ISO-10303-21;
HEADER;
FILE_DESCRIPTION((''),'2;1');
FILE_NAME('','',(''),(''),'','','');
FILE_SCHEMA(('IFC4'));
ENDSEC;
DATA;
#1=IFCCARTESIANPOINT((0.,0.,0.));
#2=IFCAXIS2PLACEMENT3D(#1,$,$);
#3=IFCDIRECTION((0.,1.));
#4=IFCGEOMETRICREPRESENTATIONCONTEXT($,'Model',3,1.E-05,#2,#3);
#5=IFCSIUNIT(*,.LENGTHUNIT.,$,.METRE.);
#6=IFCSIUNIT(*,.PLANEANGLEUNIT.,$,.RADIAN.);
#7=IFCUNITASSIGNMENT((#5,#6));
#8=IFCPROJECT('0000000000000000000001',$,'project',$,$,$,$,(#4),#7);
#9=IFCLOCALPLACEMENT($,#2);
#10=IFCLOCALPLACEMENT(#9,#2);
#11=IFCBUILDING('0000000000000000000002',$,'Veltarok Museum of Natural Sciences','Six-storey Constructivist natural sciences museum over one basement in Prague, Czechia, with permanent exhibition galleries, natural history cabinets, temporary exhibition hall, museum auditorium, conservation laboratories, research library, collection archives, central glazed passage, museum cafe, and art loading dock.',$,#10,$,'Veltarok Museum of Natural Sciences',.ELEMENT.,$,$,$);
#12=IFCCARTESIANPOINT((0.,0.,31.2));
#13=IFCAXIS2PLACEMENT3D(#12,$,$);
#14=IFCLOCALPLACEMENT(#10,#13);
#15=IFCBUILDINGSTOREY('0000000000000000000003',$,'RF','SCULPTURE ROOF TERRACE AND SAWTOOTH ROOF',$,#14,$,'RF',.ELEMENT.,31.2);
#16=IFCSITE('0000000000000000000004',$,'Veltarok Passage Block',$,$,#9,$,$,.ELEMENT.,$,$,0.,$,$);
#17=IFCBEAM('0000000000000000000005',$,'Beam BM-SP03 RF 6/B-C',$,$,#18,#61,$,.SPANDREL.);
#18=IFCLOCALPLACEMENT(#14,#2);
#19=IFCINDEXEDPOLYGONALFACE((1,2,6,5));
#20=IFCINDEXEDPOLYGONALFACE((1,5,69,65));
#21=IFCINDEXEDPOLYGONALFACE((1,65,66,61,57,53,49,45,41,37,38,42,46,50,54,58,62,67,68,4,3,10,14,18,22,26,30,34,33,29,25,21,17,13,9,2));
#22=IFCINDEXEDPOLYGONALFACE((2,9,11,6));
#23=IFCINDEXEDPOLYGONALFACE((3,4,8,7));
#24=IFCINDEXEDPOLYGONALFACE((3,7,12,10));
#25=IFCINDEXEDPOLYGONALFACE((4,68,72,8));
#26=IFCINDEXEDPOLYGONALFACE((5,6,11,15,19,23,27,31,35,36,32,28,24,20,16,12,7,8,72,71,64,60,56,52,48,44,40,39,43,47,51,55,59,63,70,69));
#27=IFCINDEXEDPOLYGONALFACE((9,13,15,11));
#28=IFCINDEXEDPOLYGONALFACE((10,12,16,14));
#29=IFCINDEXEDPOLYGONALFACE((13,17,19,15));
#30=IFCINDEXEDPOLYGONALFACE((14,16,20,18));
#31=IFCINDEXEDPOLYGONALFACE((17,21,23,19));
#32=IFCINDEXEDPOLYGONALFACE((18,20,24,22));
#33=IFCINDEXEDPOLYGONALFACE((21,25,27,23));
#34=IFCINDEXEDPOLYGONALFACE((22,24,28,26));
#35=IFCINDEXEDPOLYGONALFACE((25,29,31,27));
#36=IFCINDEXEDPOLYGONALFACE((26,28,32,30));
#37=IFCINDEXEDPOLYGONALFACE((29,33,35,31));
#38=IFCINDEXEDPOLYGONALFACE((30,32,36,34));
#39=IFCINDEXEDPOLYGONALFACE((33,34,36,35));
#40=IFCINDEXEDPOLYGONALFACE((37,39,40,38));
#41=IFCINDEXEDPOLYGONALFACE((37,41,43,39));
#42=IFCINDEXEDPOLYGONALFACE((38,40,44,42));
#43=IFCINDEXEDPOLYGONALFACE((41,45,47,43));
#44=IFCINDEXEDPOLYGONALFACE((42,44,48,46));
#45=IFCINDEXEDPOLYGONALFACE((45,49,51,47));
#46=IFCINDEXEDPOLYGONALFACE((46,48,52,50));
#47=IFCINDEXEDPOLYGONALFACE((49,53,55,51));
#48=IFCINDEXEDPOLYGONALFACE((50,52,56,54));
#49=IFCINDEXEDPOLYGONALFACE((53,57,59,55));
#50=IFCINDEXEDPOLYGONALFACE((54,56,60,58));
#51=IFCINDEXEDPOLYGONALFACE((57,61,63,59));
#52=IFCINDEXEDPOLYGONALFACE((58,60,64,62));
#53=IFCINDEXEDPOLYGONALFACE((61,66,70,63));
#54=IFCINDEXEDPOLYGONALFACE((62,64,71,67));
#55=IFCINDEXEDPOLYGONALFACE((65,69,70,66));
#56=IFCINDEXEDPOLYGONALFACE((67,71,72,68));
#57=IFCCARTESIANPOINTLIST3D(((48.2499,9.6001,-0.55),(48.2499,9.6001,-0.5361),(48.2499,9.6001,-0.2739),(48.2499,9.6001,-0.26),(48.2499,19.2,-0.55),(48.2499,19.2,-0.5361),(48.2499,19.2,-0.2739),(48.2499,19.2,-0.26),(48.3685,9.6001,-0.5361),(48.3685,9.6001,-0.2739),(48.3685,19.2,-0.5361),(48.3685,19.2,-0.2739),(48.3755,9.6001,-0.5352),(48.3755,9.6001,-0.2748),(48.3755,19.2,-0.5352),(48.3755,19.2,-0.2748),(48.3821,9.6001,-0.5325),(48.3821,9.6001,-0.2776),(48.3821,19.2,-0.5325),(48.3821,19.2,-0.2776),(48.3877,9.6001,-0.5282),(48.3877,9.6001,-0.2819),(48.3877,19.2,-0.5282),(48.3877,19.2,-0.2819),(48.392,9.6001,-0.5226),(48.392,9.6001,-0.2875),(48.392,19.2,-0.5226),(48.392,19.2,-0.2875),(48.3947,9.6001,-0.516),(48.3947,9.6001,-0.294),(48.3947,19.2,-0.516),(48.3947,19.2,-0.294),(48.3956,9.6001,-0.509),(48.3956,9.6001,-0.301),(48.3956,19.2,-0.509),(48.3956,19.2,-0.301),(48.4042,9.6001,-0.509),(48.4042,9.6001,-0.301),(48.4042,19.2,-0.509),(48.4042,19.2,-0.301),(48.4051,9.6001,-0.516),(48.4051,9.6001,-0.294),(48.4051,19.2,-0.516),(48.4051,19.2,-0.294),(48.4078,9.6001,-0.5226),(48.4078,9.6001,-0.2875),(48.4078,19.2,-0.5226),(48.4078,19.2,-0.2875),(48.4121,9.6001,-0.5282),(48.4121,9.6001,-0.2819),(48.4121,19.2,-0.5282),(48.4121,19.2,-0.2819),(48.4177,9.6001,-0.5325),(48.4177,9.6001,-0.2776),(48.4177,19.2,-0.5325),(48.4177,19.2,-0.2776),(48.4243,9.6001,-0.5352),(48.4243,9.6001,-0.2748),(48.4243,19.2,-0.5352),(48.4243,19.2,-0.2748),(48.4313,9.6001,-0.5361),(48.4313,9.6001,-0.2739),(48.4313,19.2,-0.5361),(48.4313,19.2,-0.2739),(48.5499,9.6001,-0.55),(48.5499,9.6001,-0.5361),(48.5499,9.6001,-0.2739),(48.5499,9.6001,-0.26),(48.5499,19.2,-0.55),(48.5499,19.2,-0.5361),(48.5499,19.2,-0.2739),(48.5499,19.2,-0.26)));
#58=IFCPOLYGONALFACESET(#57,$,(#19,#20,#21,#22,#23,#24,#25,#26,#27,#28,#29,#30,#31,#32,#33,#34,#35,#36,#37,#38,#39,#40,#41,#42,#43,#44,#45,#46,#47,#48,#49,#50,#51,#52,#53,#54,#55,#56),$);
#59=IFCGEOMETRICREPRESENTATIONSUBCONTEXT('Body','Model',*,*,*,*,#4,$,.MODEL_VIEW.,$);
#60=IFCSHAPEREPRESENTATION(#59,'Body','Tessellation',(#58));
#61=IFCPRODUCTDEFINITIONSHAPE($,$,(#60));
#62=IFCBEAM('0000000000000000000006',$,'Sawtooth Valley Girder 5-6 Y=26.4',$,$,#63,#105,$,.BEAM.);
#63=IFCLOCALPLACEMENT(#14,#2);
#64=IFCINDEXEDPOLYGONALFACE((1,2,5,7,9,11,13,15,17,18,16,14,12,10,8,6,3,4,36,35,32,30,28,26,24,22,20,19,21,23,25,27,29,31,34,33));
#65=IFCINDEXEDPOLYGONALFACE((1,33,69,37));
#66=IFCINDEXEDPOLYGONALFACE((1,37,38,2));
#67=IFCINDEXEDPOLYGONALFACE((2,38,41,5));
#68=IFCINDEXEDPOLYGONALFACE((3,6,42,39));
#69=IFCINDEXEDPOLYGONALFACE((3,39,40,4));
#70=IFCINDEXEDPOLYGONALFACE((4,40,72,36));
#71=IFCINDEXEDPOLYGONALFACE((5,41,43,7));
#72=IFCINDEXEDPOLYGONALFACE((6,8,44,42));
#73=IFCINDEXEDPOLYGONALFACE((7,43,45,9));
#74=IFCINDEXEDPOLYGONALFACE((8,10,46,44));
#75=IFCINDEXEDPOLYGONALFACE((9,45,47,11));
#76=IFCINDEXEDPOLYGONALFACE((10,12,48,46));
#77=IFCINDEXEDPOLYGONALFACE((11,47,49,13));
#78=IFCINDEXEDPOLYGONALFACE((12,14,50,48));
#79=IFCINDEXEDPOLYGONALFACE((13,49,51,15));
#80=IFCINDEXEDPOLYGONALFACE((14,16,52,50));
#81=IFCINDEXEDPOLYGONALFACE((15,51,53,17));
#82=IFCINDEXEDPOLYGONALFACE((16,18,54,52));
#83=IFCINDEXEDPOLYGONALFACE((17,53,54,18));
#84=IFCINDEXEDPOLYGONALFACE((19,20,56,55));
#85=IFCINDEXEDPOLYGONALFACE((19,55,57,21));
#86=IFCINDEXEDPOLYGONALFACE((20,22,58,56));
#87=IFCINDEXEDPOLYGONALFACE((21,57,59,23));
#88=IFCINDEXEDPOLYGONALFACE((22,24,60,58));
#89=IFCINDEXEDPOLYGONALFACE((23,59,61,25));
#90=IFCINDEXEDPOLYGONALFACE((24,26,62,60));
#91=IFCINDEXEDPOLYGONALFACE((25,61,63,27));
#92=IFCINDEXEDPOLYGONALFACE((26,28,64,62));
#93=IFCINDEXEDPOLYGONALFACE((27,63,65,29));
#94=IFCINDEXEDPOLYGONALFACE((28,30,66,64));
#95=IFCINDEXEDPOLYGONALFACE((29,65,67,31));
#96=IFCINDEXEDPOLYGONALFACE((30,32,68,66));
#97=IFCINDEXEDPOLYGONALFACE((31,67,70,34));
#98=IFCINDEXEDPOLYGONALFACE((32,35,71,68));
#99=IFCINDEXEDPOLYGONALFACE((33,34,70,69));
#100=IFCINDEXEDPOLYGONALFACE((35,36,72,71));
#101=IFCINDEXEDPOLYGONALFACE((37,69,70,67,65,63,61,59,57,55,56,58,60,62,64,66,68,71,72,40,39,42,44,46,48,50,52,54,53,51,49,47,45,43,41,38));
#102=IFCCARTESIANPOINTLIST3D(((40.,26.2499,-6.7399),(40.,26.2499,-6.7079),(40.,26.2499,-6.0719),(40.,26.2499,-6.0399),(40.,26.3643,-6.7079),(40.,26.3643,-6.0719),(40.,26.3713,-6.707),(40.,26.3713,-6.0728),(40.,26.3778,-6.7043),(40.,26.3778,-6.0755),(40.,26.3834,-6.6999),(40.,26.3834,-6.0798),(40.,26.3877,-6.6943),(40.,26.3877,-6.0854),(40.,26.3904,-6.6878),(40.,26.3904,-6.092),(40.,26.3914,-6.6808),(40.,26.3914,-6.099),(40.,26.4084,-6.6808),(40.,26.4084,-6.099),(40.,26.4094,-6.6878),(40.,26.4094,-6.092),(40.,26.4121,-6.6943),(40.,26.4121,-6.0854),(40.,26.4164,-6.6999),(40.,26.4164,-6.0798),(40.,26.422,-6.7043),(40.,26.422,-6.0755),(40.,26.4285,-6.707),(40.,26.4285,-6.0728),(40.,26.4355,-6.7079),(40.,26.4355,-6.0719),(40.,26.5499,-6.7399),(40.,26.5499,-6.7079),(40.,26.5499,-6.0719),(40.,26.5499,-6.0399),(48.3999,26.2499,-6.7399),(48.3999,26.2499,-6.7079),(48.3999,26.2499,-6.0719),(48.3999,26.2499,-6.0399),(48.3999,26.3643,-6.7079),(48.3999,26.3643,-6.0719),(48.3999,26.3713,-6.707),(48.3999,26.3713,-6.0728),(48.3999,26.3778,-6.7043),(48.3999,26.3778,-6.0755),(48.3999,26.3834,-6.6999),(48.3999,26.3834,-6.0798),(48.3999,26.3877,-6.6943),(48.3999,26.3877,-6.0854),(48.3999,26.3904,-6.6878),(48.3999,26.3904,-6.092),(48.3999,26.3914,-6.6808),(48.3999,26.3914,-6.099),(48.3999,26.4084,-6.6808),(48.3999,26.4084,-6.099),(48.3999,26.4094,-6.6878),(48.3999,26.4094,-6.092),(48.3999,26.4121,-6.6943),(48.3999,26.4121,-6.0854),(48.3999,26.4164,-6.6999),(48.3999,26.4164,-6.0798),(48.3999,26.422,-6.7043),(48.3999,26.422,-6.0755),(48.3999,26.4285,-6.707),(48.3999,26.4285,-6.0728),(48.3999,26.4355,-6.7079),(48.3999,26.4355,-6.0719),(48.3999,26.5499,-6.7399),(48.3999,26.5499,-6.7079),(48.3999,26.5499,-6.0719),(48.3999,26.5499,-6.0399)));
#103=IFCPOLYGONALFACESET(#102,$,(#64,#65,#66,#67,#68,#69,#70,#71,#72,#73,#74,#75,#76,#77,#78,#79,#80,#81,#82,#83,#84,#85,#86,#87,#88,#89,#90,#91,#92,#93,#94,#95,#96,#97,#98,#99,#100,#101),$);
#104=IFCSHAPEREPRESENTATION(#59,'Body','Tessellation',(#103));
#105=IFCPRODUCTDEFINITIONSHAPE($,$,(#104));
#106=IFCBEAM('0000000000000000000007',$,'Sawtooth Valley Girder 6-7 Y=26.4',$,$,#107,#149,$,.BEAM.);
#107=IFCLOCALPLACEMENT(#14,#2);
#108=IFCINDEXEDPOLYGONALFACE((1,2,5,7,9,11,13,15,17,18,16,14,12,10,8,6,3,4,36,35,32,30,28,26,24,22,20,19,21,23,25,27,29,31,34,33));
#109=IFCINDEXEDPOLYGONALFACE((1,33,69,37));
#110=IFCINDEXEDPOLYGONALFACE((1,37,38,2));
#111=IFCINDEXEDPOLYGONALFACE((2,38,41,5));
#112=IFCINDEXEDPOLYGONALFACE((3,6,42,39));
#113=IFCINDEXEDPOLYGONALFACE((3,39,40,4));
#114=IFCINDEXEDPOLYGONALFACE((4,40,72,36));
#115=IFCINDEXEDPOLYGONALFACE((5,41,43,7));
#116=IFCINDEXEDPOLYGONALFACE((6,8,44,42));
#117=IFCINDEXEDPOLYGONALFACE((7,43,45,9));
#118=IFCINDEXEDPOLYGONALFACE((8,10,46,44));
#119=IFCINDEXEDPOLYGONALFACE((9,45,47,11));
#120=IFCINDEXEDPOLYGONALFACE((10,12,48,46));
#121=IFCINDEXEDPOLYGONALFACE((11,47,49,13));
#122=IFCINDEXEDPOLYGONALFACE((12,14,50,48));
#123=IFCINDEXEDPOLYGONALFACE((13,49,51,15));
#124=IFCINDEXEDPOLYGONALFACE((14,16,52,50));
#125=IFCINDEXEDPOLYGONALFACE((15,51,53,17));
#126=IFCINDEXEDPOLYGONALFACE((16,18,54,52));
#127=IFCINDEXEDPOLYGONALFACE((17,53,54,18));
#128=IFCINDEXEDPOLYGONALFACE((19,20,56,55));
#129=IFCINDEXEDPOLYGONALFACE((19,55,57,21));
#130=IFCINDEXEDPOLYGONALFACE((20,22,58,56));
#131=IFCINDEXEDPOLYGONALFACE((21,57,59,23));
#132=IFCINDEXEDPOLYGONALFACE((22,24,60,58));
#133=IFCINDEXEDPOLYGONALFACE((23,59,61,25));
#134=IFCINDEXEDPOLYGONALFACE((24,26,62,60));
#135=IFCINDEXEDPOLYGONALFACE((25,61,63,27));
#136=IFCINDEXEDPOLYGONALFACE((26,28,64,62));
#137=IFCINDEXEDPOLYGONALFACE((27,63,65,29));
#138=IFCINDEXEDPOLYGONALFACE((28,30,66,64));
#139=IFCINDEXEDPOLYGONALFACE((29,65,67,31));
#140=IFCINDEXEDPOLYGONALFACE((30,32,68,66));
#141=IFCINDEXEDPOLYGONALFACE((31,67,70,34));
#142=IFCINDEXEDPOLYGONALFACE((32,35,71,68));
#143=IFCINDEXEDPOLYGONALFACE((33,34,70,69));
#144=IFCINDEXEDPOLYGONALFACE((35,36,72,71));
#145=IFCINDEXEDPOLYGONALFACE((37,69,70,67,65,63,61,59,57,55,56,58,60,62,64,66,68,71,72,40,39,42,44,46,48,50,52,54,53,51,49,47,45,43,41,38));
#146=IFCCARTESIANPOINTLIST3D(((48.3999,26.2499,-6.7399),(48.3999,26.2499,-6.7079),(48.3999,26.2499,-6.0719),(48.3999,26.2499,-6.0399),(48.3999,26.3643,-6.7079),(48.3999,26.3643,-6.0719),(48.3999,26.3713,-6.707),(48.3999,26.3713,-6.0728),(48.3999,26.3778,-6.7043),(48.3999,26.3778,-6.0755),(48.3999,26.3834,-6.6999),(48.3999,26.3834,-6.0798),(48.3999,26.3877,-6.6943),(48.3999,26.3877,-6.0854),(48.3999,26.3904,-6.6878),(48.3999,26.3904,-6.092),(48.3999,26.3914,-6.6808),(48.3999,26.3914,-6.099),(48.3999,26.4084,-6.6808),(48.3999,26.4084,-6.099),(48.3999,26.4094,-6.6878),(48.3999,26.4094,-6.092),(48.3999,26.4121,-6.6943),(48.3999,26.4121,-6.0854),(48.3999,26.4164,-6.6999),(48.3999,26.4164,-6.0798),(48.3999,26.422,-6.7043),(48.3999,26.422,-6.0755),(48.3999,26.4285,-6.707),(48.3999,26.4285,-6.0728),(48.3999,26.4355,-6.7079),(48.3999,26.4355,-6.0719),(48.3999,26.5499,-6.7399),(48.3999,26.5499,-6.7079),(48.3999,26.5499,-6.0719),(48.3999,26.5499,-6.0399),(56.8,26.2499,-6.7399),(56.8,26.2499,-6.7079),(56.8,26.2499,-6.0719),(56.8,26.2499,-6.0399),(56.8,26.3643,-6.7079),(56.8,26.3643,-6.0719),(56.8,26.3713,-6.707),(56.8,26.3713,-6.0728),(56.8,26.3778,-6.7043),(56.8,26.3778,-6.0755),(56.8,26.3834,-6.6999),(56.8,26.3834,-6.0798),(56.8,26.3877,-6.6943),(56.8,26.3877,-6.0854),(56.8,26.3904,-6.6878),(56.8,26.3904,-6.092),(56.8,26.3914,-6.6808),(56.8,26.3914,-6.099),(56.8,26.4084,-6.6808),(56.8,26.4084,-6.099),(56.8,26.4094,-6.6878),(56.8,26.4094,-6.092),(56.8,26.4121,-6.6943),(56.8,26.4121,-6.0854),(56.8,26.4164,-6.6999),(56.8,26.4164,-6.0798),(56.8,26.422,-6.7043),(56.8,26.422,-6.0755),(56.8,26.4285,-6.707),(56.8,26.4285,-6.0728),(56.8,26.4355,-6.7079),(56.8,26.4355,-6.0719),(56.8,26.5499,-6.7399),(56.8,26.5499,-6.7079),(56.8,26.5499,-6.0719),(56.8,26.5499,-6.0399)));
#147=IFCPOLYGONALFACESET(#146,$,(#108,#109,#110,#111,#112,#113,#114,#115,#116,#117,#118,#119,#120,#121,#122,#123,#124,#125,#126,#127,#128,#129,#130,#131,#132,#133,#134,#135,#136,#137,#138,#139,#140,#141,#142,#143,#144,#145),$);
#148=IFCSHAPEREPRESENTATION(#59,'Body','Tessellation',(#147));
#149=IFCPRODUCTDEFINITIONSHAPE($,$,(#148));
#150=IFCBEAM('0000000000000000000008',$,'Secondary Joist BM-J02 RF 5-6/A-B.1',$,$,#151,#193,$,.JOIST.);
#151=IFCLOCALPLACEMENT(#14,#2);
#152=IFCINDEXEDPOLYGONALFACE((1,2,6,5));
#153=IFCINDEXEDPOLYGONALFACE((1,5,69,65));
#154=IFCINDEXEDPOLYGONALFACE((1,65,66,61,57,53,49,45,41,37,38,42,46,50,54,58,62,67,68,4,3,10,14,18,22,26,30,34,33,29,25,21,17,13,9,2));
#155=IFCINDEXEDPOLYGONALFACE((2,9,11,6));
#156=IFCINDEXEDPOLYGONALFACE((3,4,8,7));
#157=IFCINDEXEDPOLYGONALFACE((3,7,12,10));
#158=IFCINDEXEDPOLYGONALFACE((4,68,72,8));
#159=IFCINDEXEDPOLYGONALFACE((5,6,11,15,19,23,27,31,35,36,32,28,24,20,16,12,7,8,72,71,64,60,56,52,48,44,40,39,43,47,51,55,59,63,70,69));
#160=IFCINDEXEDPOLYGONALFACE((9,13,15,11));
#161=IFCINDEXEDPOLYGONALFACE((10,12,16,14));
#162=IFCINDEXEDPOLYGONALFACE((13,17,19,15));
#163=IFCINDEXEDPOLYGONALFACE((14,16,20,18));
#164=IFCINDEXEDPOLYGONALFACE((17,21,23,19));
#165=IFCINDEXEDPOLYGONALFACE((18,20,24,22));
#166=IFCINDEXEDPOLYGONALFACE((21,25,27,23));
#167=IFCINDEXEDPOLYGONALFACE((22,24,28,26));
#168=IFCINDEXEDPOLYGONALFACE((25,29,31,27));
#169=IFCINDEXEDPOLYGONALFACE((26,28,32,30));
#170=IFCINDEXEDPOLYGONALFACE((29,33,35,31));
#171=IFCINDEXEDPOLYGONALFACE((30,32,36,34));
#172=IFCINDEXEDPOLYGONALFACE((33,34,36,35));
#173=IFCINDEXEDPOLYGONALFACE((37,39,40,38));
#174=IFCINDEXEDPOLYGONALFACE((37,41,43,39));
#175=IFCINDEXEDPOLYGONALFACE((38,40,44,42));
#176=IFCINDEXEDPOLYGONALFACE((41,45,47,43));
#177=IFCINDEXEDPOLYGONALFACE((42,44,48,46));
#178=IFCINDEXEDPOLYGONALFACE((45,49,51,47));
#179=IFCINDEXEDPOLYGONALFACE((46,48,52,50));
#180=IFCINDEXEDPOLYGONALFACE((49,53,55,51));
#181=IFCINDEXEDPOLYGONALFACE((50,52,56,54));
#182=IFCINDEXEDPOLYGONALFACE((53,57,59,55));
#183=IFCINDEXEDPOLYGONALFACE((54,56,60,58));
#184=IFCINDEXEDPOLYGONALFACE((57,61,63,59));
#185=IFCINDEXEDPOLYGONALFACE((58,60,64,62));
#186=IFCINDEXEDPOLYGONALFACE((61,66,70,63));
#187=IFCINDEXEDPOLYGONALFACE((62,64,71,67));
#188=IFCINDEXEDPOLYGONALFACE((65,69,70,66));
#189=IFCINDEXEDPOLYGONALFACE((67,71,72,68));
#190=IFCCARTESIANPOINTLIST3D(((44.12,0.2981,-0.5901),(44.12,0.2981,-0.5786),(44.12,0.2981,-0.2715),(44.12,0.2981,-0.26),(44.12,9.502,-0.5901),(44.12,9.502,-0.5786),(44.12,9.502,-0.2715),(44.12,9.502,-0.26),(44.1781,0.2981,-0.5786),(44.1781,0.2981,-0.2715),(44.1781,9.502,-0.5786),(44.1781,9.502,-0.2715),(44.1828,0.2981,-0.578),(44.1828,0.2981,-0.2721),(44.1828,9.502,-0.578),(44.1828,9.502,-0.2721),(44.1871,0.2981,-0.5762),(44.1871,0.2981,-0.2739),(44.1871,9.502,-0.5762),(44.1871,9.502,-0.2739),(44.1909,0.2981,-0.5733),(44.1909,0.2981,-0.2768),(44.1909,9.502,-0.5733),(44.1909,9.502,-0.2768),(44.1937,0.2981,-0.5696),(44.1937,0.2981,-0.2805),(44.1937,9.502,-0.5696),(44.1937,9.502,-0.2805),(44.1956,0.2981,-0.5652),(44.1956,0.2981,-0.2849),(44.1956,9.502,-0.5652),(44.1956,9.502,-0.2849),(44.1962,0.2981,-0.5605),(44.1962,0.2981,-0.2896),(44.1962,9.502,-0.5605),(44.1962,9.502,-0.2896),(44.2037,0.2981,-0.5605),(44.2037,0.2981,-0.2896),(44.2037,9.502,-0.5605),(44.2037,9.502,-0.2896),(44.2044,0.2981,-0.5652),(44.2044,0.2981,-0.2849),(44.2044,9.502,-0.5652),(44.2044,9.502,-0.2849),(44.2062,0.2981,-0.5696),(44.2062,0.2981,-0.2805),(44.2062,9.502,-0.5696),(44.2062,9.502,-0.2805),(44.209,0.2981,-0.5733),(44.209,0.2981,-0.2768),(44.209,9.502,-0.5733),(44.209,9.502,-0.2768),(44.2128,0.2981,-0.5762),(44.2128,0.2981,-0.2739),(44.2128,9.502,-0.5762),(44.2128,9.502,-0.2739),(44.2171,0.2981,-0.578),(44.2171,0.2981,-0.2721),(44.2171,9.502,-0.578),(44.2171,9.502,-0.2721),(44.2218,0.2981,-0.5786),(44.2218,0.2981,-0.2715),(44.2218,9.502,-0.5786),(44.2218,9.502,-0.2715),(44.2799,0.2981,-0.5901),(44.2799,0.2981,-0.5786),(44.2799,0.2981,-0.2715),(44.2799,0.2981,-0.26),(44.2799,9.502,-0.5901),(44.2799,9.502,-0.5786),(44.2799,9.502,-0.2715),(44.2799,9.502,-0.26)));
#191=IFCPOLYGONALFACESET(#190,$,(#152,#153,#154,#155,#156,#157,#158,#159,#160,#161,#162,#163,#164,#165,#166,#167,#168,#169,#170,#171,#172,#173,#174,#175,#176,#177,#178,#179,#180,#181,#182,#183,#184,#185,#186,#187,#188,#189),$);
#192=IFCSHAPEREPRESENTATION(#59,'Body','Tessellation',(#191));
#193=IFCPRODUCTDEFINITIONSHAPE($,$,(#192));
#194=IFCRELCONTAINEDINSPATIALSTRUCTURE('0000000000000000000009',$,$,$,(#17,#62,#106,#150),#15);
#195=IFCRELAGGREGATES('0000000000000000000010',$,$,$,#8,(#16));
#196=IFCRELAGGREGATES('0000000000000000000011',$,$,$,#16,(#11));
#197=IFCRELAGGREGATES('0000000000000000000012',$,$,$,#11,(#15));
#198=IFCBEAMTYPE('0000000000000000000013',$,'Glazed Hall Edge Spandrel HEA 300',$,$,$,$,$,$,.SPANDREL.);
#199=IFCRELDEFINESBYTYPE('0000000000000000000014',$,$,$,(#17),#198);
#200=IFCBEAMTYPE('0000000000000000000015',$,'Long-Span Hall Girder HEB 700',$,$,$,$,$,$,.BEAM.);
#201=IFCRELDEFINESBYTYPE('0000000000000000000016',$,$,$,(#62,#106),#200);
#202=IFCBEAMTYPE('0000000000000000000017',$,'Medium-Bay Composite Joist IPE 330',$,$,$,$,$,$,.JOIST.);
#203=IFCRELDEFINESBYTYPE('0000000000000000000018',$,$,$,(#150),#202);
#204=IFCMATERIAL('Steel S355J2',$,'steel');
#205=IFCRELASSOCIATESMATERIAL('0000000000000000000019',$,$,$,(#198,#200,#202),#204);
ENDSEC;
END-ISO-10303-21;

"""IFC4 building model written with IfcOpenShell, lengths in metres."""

from ifc_helpers import new_model, si_unit, direction, frame, origin, origin_2d, place, context, subcontext, project, spatial, i_section, extrude, material, material_profile, profile_set, type_object, element, save


model = new_model("IFC4")

# Units and contexts
model_context = context("Model", 3, precision=1e-05, world=origin(), true_north=direction((0.0, 1.0)))
body_context = subcontext(model_context, "Body", "Model", "MODEL_VIEW")
ifc_project = project(units=[si_unit("LENGTHUNIT", "METRE"), si_unit("PLANEANGLEUNIT", "RADIAN")], contexts=[model_context])

# Site, building, storey
site_placement = place(None, origin())
site = spatial("IfcSite", under=ifc_project, at=site_placement, Name="Veltarok Passage Block", CompositionType="ELEMENT", RefElevation=0.0)
building_placement = place(site_placement, origin())
building = spatial("IfcBuilding", under=site, at=building_placement, Name="Veltarok Museum of Natural Sciences", Description="Six-storey Constructivist natural sciences museum over one basement in Prague, Czechia, with permanent exhibition galleries, natural history cabinets, temporary exhibition hall, museum auditorium, conservation laboratories, research library, collection archives, central glazed passage, museum cafe, and art loading dock.", LongName="Veltarok Museum of Natural Sciences", CompositionType="ELEMENT")
storey_placement = place(building_placement, frame((0.0, 0.0, 31.2)))
storey = spatial("IfcBuildingStorey", under=building, at=storey_placement, Name="RF", Description="SCULPTURE ROOF TERRACE AND SAWTOOTH ROOF", LongName="RF", CompositionType="ELEMENT", Elevation=31.2)

# Beams
ifc_material_1 = material(Name="Steel S355J2", Category="steel")
ifc_material_profile_1 = material_profile(ifc_material_1, i_section(OverallWidth=0.3, OverallDepth=0.29, WebThickness=0.0085, FlangeThickness=0.0139, FilletRadius=0.0271, at=origin_2d()), Name="HEA 300")
ifc_profile_set_1 = profile_set([ifc_material_profile_1], Name="Steel S355J2")
beam_type_1 = type_object("IfcBeamType", Name="Glazed Hall Edge Spandrel HEA 300", PredefinedType="SPANDREL", material=ifc_profile_set_1)
beam_1_placement = place(storey_placement, frame((48.3999, 9.6001, -0.405), z_axis=(0.0, 1.0, 0.0), x_axis=(-1.0, 0.0, 0.0)))
element("IfcBeam", 1, at=beam_1_placement, inside=storey, type_object=beam_type_1, Name="Beam BM-SP03 RF 6/B-C", PredefinedType="SPANDREL", context=body_context, shape_type="SweptSolid", body=[
    extrude(i_section(OverallWidth=0.3, OverallDepth=0.29, WebThickness=0.0085, FlangeThickness=0.0139, FilletRadius=0.0271, at=origin_2d()), origin(), (0.0, 0.0, 1.0), 9.5999),
])
ifc_material_profile_2 = material_profile(ifc_material_1, i_section(OverallWidth=0.3, OverallDepth=0.7, WebThickness=0.0171, FlangeThickness=0.032, FilletRadius=0.0271, at=origin_2d()), Name="HEB 700")
ifc_profile_set_2 = profile_set([ifc_material_profile_2], Name="Steel S355J2")
beam_type_2 = type_object("IfcBeamType", Name="Long-Span Hall Girder HEB 700", PredefinedType="BEAM", material=ifc_profile_set_2)
beam_2_placement = place(storey_placement, frame((40.0, 26.3999, -6.3899), z_axis=(1.0, 0.0, 0.0), x_axis=(0.0, 1.0, 0.0)))
element("IfcBeam", 2, at=beam_2_placement, inside=storey, type_object=beam_type_2, Name="Sawtooth Valley Girder 5-6 Y=26.4", PredefinedType="BEAM", context=body_context, shape_type="SweptSolid", body=[
    extrude(i_section(OverallWidth=0.3, OverallDepth=0.7, WebThickness=0.0171, FlangeThickness=0.032, FilletRadius=0.0271, at=origin_2d()), origin(), (0.0, 0.0, 1.0), 8.3999),
])
beam_3_placement = place(storey_placement, frame((48.3999, 26.3999, -6.3899), z_axis=(1.0, 0.0, 0.0), x_axis=(0.0, 1.0, 0.0)))
element("IfcBeam", 3, at=beam_3_placement, inside=storey, type_object=beam_type_2, Name="Sawtooth Valley Girder 6-7 Y=26.4", PredefinedType="BEAM", context=body_context, shape_type="SweptSolid", body=[
    extrude(i_section(OverallWidth=0.3, OverallDepth=0.7, WebThickness=0.0171, FlangeThickness=0.032, FilletRadius=0.0271, at=origin_2d()), origin(), (0.0, 0.0, 1.0), 8.4001),
])
ifc_material_profile_3 = material_profile(ifc_material_1, i_section(OverallWidth=0.1599, OverallDepth=0.3301, WebThickness=0.0076, FlangeThickness=0.0115, FilletRadius=0.0181, at=origin_2d()), Name="IPE 330")
ifc_profile_set_3 = profile_set([ifc_material_profile_3], Name="Steel S355J2")
beam_type_3 = type_object("IfcBeamType", Name="Medium-Bay Composite Joist IPE 330", PredefinedType="JOIST", material=ifc_profile_set_3)
beam_4_placement = place(storey_placement, frame((44.2, 0.2981, -0.425), z_axis=(0.0, 1.0, 0.0), x_axis=(-1.0, 0.0, 0.0)))
element("IfcBeam", 4, at=beam_4_placement, inside=storey, type_object=beam_type_3, Name="Secondary Joist BM-J02 RF 5-6/A-B.1", PredefinedType="JOIST", context=body_context, shape_type="SweptSolid", body=[
    extrude(i_section(OverallWidth=0.1599, OverallDepth=0.3301, WebThickness=0.0076, FlangeThickness=0.0115, FilletRadius=0.0181, at=origin_2d()), origin(), (0.0, 0.0, 1.0), 9.2039),
])

save(model, "model.ifc")
